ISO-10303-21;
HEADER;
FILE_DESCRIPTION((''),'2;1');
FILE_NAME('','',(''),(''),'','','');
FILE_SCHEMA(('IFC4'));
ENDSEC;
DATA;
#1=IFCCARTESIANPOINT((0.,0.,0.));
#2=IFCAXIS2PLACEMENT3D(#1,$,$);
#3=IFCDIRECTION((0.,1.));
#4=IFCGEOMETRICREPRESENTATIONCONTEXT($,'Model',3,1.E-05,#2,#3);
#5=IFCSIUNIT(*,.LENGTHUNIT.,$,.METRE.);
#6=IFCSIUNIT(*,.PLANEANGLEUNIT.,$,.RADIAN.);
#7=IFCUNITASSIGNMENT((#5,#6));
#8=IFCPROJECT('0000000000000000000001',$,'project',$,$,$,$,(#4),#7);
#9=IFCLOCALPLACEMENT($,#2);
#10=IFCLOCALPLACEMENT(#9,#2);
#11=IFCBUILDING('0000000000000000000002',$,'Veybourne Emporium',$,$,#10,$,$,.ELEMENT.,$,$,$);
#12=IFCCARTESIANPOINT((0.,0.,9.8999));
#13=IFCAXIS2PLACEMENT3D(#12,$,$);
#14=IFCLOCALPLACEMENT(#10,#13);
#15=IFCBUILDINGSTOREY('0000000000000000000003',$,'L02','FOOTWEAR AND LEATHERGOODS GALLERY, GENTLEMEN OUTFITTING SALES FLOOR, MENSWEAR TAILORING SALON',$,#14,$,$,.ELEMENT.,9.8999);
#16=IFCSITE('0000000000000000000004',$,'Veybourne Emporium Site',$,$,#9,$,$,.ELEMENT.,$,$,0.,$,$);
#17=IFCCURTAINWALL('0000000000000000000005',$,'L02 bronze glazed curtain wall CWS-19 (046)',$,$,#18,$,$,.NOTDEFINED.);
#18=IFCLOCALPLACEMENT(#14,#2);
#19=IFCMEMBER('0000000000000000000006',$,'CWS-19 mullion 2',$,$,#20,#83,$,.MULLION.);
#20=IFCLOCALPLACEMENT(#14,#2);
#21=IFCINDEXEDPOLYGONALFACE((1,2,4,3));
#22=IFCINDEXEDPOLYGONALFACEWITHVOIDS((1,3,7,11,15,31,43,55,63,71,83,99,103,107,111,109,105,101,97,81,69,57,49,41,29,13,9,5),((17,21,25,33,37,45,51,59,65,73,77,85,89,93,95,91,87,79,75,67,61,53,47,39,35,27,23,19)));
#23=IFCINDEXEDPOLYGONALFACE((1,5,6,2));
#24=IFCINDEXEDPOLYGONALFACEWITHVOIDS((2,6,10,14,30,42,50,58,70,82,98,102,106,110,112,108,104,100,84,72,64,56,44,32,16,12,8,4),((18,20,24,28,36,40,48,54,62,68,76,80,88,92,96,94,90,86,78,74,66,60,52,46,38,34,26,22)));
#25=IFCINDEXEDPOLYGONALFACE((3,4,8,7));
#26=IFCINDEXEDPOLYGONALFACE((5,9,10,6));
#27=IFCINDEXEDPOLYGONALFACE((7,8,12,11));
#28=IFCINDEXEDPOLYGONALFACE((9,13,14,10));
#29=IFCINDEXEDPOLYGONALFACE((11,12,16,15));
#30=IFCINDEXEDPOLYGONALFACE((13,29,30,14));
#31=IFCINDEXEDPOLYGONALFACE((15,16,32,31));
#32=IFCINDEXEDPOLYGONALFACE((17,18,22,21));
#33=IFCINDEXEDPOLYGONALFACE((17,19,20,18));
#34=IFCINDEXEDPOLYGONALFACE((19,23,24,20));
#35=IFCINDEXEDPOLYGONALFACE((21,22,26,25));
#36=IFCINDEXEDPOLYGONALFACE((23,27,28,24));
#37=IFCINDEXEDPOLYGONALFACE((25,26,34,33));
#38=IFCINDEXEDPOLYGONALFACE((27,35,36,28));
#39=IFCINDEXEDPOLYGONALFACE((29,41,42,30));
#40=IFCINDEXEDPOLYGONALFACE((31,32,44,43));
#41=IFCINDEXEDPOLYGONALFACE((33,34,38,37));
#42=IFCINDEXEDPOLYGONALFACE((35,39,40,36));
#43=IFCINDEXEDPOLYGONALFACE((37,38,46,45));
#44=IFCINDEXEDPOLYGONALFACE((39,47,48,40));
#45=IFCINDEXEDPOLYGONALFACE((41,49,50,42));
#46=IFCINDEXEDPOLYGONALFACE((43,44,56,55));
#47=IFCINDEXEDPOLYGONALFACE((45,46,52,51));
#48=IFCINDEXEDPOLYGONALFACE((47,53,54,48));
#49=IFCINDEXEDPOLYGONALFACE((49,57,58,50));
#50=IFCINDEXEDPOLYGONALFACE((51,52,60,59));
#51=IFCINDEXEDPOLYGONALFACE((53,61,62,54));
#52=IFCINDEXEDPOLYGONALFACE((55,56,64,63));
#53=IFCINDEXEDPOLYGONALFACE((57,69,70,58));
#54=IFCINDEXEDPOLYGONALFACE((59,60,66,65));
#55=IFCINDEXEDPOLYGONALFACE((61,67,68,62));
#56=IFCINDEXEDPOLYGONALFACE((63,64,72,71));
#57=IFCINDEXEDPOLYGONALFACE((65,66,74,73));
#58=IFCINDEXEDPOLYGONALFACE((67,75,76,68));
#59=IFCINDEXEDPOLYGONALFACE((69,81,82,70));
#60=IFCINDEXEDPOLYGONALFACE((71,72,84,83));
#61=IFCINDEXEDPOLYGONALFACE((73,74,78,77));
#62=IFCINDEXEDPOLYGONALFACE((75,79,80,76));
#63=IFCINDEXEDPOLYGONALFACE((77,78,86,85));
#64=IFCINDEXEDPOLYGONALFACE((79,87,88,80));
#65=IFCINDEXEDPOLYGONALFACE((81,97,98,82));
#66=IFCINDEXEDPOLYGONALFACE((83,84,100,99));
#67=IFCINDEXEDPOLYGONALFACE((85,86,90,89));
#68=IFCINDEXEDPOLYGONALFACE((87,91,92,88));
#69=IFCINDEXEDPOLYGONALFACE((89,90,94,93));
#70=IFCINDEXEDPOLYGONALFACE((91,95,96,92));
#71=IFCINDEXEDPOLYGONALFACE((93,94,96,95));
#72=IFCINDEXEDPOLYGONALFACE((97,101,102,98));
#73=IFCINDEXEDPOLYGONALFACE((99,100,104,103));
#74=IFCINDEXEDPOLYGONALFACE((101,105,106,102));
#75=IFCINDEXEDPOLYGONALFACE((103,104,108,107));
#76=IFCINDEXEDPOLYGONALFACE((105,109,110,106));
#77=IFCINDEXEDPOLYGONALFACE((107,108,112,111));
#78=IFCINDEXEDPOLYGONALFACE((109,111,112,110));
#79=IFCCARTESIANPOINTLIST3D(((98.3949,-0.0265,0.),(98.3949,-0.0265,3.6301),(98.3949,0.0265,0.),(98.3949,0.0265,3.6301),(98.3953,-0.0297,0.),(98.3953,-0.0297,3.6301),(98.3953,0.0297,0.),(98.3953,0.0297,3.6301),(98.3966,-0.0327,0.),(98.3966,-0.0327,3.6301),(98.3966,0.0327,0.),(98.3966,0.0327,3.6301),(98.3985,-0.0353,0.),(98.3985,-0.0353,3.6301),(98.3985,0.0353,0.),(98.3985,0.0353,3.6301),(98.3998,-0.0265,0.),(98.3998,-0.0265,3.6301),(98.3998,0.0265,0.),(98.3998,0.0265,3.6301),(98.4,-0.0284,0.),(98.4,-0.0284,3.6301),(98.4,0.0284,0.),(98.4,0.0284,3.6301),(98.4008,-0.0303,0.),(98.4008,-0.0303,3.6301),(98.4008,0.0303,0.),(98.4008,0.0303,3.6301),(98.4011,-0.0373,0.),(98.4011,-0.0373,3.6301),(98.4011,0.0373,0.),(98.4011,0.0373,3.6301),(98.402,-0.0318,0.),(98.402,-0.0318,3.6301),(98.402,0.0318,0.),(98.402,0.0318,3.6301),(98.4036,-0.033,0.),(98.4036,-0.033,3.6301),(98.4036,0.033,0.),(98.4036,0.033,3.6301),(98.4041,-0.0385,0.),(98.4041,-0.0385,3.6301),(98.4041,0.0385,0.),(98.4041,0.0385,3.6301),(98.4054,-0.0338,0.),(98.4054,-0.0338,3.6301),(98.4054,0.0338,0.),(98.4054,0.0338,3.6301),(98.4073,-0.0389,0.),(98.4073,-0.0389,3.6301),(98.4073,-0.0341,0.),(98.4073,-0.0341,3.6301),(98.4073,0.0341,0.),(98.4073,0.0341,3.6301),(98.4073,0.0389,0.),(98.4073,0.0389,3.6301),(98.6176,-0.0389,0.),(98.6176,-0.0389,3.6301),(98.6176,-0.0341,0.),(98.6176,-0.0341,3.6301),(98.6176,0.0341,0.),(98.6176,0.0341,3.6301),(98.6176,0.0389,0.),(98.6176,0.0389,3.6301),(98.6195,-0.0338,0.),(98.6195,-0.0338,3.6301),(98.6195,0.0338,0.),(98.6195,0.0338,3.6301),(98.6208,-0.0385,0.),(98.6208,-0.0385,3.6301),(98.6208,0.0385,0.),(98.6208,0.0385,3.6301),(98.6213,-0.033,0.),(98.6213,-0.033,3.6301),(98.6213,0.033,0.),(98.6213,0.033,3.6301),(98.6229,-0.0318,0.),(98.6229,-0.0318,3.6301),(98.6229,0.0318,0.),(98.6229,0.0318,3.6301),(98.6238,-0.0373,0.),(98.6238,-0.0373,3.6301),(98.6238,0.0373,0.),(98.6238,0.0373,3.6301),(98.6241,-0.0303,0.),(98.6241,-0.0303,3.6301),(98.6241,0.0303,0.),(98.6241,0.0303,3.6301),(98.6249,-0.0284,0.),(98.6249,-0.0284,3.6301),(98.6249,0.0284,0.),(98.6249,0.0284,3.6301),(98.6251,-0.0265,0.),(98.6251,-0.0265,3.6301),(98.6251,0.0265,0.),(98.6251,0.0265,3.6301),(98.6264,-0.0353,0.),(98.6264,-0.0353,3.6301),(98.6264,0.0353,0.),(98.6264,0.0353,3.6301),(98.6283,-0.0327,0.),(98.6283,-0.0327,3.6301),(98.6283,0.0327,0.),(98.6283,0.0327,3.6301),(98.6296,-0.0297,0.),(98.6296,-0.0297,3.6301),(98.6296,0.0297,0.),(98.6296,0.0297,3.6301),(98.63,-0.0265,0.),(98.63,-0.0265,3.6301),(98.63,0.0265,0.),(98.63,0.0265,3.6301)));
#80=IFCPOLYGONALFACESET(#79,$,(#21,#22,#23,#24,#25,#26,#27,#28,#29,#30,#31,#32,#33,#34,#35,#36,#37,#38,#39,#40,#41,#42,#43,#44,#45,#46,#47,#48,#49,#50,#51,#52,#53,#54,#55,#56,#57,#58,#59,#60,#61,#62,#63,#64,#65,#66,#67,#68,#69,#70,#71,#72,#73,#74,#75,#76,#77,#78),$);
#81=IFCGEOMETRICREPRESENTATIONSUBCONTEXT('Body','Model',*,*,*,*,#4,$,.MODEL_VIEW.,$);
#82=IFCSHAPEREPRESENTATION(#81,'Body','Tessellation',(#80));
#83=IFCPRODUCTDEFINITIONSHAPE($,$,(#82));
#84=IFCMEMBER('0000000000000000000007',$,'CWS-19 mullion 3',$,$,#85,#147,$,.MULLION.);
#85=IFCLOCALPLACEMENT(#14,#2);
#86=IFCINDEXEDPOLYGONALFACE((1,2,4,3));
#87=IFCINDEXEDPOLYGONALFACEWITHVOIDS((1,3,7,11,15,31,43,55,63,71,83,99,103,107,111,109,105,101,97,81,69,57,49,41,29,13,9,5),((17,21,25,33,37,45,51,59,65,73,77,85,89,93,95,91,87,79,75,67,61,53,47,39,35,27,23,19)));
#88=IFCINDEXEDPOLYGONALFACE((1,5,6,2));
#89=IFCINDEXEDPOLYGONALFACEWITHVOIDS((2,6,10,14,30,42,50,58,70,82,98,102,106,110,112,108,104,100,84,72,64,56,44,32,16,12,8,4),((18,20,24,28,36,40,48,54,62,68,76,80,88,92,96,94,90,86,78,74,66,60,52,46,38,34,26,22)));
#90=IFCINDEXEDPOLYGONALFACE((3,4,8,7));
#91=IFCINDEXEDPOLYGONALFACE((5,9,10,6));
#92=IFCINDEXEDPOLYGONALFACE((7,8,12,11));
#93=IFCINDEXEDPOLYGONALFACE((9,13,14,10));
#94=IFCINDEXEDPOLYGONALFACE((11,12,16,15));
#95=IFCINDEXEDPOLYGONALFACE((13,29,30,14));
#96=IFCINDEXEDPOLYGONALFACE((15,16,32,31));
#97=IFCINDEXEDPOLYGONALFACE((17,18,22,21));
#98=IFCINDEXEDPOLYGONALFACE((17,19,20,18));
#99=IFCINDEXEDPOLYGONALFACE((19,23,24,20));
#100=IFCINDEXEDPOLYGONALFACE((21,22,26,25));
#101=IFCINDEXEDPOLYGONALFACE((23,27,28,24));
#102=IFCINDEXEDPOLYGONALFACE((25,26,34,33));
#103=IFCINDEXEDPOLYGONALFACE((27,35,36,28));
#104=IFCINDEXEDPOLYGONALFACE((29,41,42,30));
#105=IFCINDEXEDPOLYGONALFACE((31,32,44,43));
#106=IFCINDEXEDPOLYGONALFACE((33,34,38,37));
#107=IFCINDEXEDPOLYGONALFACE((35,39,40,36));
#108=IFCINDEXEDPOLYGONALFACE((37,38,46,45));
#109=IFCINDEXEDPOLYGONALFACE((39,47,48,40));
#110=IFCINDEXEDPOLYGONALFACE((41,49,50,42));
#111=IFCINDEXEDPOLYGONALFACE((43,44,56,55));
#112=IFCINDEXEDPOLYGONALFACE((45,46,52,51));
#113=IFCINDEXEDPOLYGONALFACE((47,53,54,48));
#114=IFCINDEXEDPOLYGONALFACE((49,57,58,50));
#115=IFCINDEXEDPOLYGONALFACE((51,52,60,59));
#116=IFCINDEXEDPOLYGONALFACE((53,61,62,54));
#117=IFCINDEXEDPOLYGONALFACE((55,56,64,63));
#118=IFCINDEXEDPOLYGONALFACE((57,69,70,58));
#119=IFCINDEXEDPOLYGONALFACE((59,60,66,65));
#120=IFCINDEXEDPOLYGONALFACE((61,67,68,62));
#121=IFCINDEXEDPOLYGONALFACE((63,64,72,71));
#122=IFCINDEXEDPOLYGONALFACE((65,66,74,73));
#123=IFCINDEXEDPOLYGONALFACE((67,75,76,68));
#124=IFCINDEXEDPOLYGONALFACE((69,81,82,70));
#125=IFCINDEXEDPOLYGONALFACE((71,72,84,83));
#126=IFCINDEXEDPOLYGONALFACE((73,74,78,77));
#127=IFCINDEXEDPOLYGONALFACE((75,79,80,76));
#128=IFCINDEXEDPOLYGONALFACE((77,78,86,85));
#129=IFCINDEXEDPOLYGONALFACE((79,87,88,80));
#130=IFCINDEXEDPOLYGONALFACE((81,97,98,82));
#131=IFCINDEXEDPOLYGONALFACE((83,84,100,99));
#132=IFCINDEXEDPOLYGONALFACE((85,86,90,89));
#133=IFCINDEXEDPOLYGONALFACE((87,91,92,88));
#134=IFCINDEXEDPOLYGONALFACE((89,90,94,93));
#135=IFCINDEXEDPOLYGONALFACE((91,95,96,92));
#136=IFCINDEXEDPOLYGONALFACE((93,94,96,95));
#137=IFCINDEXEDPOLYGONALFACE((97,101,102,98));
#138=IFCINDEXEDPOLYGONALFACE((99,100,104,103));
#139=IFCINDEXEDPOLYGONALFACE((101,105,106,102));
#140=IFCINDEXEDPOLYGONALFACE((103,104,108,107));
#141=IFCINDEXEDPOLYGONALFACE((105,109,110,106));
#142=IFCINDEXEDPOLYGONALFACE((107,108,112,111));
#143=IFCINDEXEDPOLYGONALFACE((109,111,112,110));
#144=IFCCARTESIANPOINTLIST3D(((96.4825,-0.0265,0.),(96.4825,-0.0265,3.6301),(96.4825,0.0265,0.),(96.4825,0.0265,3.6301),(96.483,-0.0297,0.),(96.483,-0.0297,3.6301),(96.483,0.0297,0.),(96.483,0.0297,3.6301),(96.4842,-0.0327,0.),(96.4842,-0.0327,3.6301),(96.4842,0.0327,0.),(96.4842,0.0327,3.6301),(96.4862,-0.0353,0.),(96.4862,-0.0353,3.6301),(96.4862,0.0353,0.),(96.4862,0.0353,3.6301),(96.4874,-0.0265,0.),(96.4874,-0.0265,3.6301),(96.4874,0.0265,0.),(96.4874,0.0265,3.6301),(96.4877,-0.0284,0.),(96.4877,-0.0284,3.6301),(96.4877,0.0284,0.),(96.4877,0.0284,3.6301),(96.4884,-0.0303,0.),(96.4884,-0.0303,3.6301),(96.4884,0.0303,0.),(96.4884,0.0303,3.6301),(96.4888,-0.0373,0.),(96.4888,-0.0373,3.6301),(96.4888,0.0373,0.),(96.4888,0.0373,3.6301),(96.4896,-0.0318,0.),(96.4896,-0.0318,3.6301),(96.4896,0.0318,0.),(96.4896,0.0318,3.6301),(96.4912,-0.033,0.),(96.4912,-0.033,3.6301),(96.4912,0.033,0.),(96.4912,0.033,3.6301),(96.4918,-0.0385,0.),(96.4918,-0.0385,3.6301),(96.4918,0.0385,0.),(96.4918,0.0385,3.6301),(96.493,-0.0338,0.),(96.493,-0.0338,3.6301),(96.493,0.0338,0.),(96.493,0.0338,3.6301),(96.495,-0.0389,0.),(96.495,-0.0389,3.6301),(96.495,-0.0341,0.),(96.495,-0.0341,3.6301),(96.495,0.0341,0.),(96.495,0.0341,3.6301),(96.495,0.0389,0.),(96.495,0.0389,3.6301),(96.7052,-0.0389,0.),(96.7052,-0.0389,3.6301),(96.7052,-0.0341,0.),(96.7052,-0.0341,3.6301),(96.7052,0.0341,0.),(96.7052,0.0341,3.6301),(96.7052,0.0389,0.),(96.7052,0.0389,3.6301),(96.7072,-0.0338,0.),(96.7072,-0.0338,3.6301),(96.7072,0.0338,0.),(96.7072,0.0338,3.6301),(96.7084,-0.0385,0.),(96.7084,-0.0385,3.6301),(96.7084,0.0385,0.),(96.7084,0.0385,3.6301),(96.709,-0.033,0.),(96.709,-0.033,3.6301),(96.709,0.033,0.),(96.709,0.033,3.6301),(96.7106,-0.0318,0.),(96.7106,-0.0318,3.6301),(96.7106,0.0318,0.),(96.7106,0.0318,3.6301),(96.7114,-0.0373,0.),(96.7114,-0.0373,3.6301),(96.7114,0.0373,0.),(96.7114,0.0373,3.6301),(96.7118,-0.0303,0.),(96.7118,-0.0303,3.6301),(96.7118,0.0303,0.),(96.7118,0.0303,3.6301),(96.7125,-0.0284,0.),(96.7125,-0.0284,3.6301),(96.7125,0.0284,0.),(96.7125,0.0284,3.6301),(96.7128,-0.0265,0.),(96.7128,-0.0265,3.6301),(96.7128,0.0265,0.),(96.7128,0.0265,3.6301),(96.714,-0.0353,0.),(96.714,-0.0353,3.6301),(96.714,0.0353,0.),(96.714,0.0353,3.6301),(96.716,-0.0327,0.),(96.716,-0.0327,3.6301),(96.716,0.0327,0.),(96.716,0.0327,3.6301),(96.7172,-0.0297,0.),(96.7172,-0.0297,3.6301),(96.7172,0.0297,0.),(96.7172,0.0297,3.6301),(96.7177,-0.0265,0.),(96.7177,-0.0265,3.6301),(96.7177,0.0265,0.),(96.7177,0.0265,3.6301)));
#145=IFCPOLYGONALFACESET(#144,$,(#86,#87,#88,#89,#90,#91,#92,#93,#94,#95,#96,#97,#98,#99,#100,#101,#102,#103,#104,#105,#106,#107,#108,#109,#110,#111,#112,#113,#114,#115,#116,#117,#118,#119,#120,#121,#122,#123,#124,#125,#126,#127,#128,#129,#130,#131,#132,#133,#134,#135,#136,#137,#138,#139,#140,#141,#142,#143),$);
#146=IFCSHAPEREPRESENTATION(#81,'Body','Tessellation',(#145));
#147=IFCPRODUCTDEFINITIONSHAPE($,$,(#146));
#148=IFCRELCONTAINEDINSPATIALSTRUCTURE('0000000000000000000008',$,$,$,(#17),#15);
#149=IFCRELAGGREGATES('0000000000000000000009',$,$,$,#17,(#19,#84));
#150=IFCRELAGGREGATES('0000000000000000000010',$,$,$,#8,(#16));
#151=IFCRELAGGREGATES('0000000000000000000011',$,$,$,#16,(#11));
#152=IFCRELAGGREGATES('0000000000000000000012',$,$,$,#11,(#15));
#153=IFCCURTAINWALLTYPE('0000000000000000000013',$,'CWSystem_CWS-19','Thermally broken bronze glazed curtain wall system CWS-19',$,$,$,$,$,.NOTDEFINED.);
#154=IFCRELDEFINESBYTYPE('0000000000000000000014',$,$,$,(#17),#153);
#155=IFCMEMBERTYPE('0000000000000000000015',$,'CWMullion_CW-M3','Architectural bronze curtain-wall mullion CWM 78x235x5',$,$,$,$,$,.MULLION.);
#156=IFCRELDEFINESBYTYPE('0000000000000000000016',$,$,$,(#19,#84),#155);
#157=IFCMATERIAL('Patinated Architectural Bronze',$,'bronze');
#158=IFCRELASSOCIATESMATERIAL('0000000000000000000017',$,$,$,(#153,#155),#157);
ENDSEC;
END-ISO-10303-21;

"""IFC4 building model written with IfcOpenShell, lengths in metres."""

from ifc_helpers import new_model, si_unit, direction, frame, origin, origin_2d, place, context, subcontext, project, spatial, hollow_rectangle, extrude, material, material_profile, profile_set, type_object, element, aggregate, save


model = new_model("IFC4")

# Units and contexts
model_context = context("Model", 3, precision=1e-05, world=origin(), true_north=direction((0.0, 1.0)))
body_context = subcontext(model_context, "Body", "Model", "MODEL_VIEW")
ifc_project = project(units=[si_unit("LENGTHUNIT", "METRE"), si_unit("PLANEANGLEUNIT", "RADIAN")], contexts=[model_context])

# Site, building, storey
site_placement = place(None, origin())
site = spatial("IfcSite", under=ifc_project, at=site_placement, Name="Veybourne Emporium Site", CompositionType="ELEMENT", RefElevation=0.0)
building_placement = place(site_placement, origin())
building = spatial("IfcBuilding", under=site, at=building_placement, Name="Veybourne Emporium", CompositionType="ELEMENT")
storey_placement = place(building_placement, frame((0.0, 0.0, 9.8999)))
storey = spatial("IfcBuildingStorey", under=building, at=storey_placement, Name="L02", Description="FOOTWEAR AND LEATHERGOODS GALLERY, GENTLEMEN OUTFITTING SALES FLOOR, MENSWEAR TAILORING SALON", CompositionType="ELEMENT", Elevation=9.8999)

# Curtain wall, members
ifc_material_1 = material(Name="Patinated Architectural Bronze", Category="bronze")
curtain_wall_type = type_object("IfcCurtainWallType", Name="CWSystem_CWS-19", Description="Thermally broken bronze glazed curtain wall system CWS-19", PredefinedType="NOTDEFINED", material=ifc_material_1)
curtain_wall_placement = place(storey_placement, origin())
curtain_wall = element("IfcCurtainWall", 1, at=curtain_wall_placement, inside=storey, type_object=curtain_wall_type, Name="L02 bronze glazed curtain wall CWS-19 (046)", PredefinedType="NOTDEFINED")
ifc_material_profile_1 = material_profile(ifc_material_1, hollow_rectangle(XDim=0.0779, YDim=0.2351, WallThickness=0.0049, InnerFilletRadius=0.0076, OuterFilletRadius=0.0125, at=origin_2d()), Name="CWM 78x235x5")
ifc_profile_set_1 = profile_set([ifc_material_profile_1], Name="Patinated Architectural Bronze")
member_type_1 = type_object("IfcMemberType", Name="CWMullion_CW-M3", Description="Architectural bronze curtain-wall mullion CWM 78x235x5", PredefinedType="MULLION", material=ifc_profile_set_1)
member_1_placement = place(storey_placement, frame((98.5125, 0.0, 0.0), z_axis=(0.0, 0.0, 1.0), x_axis=(0.0, -1.0, 0.0)))
member_1 = element("IfcMember", 2, at=member_1_placement, type_object=member_type_1, Name="CWS-19 mullion 2", PredefinedType="MULLION", context=body_context, shape_type="SweptSolid", body=[
    extrude(hollow_rectangle(XDim=0.0779, YDim=0.2351, WallThickness=0.0049, InnerFilletRadius=0.0076, OuterFilletRadius=0.0125, at=origin_2d()), origin(), (0.0, 0.0, 1.0), 3.6301),
])
member_2_placement = place(storey_placement, frame((96.6001, 0.0, 0.0), z_axis=(0.0, 0.0, 1.0), x_axis=(0.0, -1.0, 0.0)))
member_2 = element("IfcMember", 3, at=member_2_placement, type_object=member_type_1, Name="CWS-19 mullion 3", PredefinedType="MULLION", context=body_context, shape_type="SweptSolid", body=[
    extrude(hollow_rectangle(XDim=0.0779, YDim=0.2351, WallThickness=0.0049, InnerFilletRadius=0.0076, OuterFilletRadius=0.0125, at=origin_2d()), origin(), (0.0, 0.0, 1.0), 3.6301),
])
aggregate(curtain_wall, [member_1, member_2])

save(model, "model.ifc")
